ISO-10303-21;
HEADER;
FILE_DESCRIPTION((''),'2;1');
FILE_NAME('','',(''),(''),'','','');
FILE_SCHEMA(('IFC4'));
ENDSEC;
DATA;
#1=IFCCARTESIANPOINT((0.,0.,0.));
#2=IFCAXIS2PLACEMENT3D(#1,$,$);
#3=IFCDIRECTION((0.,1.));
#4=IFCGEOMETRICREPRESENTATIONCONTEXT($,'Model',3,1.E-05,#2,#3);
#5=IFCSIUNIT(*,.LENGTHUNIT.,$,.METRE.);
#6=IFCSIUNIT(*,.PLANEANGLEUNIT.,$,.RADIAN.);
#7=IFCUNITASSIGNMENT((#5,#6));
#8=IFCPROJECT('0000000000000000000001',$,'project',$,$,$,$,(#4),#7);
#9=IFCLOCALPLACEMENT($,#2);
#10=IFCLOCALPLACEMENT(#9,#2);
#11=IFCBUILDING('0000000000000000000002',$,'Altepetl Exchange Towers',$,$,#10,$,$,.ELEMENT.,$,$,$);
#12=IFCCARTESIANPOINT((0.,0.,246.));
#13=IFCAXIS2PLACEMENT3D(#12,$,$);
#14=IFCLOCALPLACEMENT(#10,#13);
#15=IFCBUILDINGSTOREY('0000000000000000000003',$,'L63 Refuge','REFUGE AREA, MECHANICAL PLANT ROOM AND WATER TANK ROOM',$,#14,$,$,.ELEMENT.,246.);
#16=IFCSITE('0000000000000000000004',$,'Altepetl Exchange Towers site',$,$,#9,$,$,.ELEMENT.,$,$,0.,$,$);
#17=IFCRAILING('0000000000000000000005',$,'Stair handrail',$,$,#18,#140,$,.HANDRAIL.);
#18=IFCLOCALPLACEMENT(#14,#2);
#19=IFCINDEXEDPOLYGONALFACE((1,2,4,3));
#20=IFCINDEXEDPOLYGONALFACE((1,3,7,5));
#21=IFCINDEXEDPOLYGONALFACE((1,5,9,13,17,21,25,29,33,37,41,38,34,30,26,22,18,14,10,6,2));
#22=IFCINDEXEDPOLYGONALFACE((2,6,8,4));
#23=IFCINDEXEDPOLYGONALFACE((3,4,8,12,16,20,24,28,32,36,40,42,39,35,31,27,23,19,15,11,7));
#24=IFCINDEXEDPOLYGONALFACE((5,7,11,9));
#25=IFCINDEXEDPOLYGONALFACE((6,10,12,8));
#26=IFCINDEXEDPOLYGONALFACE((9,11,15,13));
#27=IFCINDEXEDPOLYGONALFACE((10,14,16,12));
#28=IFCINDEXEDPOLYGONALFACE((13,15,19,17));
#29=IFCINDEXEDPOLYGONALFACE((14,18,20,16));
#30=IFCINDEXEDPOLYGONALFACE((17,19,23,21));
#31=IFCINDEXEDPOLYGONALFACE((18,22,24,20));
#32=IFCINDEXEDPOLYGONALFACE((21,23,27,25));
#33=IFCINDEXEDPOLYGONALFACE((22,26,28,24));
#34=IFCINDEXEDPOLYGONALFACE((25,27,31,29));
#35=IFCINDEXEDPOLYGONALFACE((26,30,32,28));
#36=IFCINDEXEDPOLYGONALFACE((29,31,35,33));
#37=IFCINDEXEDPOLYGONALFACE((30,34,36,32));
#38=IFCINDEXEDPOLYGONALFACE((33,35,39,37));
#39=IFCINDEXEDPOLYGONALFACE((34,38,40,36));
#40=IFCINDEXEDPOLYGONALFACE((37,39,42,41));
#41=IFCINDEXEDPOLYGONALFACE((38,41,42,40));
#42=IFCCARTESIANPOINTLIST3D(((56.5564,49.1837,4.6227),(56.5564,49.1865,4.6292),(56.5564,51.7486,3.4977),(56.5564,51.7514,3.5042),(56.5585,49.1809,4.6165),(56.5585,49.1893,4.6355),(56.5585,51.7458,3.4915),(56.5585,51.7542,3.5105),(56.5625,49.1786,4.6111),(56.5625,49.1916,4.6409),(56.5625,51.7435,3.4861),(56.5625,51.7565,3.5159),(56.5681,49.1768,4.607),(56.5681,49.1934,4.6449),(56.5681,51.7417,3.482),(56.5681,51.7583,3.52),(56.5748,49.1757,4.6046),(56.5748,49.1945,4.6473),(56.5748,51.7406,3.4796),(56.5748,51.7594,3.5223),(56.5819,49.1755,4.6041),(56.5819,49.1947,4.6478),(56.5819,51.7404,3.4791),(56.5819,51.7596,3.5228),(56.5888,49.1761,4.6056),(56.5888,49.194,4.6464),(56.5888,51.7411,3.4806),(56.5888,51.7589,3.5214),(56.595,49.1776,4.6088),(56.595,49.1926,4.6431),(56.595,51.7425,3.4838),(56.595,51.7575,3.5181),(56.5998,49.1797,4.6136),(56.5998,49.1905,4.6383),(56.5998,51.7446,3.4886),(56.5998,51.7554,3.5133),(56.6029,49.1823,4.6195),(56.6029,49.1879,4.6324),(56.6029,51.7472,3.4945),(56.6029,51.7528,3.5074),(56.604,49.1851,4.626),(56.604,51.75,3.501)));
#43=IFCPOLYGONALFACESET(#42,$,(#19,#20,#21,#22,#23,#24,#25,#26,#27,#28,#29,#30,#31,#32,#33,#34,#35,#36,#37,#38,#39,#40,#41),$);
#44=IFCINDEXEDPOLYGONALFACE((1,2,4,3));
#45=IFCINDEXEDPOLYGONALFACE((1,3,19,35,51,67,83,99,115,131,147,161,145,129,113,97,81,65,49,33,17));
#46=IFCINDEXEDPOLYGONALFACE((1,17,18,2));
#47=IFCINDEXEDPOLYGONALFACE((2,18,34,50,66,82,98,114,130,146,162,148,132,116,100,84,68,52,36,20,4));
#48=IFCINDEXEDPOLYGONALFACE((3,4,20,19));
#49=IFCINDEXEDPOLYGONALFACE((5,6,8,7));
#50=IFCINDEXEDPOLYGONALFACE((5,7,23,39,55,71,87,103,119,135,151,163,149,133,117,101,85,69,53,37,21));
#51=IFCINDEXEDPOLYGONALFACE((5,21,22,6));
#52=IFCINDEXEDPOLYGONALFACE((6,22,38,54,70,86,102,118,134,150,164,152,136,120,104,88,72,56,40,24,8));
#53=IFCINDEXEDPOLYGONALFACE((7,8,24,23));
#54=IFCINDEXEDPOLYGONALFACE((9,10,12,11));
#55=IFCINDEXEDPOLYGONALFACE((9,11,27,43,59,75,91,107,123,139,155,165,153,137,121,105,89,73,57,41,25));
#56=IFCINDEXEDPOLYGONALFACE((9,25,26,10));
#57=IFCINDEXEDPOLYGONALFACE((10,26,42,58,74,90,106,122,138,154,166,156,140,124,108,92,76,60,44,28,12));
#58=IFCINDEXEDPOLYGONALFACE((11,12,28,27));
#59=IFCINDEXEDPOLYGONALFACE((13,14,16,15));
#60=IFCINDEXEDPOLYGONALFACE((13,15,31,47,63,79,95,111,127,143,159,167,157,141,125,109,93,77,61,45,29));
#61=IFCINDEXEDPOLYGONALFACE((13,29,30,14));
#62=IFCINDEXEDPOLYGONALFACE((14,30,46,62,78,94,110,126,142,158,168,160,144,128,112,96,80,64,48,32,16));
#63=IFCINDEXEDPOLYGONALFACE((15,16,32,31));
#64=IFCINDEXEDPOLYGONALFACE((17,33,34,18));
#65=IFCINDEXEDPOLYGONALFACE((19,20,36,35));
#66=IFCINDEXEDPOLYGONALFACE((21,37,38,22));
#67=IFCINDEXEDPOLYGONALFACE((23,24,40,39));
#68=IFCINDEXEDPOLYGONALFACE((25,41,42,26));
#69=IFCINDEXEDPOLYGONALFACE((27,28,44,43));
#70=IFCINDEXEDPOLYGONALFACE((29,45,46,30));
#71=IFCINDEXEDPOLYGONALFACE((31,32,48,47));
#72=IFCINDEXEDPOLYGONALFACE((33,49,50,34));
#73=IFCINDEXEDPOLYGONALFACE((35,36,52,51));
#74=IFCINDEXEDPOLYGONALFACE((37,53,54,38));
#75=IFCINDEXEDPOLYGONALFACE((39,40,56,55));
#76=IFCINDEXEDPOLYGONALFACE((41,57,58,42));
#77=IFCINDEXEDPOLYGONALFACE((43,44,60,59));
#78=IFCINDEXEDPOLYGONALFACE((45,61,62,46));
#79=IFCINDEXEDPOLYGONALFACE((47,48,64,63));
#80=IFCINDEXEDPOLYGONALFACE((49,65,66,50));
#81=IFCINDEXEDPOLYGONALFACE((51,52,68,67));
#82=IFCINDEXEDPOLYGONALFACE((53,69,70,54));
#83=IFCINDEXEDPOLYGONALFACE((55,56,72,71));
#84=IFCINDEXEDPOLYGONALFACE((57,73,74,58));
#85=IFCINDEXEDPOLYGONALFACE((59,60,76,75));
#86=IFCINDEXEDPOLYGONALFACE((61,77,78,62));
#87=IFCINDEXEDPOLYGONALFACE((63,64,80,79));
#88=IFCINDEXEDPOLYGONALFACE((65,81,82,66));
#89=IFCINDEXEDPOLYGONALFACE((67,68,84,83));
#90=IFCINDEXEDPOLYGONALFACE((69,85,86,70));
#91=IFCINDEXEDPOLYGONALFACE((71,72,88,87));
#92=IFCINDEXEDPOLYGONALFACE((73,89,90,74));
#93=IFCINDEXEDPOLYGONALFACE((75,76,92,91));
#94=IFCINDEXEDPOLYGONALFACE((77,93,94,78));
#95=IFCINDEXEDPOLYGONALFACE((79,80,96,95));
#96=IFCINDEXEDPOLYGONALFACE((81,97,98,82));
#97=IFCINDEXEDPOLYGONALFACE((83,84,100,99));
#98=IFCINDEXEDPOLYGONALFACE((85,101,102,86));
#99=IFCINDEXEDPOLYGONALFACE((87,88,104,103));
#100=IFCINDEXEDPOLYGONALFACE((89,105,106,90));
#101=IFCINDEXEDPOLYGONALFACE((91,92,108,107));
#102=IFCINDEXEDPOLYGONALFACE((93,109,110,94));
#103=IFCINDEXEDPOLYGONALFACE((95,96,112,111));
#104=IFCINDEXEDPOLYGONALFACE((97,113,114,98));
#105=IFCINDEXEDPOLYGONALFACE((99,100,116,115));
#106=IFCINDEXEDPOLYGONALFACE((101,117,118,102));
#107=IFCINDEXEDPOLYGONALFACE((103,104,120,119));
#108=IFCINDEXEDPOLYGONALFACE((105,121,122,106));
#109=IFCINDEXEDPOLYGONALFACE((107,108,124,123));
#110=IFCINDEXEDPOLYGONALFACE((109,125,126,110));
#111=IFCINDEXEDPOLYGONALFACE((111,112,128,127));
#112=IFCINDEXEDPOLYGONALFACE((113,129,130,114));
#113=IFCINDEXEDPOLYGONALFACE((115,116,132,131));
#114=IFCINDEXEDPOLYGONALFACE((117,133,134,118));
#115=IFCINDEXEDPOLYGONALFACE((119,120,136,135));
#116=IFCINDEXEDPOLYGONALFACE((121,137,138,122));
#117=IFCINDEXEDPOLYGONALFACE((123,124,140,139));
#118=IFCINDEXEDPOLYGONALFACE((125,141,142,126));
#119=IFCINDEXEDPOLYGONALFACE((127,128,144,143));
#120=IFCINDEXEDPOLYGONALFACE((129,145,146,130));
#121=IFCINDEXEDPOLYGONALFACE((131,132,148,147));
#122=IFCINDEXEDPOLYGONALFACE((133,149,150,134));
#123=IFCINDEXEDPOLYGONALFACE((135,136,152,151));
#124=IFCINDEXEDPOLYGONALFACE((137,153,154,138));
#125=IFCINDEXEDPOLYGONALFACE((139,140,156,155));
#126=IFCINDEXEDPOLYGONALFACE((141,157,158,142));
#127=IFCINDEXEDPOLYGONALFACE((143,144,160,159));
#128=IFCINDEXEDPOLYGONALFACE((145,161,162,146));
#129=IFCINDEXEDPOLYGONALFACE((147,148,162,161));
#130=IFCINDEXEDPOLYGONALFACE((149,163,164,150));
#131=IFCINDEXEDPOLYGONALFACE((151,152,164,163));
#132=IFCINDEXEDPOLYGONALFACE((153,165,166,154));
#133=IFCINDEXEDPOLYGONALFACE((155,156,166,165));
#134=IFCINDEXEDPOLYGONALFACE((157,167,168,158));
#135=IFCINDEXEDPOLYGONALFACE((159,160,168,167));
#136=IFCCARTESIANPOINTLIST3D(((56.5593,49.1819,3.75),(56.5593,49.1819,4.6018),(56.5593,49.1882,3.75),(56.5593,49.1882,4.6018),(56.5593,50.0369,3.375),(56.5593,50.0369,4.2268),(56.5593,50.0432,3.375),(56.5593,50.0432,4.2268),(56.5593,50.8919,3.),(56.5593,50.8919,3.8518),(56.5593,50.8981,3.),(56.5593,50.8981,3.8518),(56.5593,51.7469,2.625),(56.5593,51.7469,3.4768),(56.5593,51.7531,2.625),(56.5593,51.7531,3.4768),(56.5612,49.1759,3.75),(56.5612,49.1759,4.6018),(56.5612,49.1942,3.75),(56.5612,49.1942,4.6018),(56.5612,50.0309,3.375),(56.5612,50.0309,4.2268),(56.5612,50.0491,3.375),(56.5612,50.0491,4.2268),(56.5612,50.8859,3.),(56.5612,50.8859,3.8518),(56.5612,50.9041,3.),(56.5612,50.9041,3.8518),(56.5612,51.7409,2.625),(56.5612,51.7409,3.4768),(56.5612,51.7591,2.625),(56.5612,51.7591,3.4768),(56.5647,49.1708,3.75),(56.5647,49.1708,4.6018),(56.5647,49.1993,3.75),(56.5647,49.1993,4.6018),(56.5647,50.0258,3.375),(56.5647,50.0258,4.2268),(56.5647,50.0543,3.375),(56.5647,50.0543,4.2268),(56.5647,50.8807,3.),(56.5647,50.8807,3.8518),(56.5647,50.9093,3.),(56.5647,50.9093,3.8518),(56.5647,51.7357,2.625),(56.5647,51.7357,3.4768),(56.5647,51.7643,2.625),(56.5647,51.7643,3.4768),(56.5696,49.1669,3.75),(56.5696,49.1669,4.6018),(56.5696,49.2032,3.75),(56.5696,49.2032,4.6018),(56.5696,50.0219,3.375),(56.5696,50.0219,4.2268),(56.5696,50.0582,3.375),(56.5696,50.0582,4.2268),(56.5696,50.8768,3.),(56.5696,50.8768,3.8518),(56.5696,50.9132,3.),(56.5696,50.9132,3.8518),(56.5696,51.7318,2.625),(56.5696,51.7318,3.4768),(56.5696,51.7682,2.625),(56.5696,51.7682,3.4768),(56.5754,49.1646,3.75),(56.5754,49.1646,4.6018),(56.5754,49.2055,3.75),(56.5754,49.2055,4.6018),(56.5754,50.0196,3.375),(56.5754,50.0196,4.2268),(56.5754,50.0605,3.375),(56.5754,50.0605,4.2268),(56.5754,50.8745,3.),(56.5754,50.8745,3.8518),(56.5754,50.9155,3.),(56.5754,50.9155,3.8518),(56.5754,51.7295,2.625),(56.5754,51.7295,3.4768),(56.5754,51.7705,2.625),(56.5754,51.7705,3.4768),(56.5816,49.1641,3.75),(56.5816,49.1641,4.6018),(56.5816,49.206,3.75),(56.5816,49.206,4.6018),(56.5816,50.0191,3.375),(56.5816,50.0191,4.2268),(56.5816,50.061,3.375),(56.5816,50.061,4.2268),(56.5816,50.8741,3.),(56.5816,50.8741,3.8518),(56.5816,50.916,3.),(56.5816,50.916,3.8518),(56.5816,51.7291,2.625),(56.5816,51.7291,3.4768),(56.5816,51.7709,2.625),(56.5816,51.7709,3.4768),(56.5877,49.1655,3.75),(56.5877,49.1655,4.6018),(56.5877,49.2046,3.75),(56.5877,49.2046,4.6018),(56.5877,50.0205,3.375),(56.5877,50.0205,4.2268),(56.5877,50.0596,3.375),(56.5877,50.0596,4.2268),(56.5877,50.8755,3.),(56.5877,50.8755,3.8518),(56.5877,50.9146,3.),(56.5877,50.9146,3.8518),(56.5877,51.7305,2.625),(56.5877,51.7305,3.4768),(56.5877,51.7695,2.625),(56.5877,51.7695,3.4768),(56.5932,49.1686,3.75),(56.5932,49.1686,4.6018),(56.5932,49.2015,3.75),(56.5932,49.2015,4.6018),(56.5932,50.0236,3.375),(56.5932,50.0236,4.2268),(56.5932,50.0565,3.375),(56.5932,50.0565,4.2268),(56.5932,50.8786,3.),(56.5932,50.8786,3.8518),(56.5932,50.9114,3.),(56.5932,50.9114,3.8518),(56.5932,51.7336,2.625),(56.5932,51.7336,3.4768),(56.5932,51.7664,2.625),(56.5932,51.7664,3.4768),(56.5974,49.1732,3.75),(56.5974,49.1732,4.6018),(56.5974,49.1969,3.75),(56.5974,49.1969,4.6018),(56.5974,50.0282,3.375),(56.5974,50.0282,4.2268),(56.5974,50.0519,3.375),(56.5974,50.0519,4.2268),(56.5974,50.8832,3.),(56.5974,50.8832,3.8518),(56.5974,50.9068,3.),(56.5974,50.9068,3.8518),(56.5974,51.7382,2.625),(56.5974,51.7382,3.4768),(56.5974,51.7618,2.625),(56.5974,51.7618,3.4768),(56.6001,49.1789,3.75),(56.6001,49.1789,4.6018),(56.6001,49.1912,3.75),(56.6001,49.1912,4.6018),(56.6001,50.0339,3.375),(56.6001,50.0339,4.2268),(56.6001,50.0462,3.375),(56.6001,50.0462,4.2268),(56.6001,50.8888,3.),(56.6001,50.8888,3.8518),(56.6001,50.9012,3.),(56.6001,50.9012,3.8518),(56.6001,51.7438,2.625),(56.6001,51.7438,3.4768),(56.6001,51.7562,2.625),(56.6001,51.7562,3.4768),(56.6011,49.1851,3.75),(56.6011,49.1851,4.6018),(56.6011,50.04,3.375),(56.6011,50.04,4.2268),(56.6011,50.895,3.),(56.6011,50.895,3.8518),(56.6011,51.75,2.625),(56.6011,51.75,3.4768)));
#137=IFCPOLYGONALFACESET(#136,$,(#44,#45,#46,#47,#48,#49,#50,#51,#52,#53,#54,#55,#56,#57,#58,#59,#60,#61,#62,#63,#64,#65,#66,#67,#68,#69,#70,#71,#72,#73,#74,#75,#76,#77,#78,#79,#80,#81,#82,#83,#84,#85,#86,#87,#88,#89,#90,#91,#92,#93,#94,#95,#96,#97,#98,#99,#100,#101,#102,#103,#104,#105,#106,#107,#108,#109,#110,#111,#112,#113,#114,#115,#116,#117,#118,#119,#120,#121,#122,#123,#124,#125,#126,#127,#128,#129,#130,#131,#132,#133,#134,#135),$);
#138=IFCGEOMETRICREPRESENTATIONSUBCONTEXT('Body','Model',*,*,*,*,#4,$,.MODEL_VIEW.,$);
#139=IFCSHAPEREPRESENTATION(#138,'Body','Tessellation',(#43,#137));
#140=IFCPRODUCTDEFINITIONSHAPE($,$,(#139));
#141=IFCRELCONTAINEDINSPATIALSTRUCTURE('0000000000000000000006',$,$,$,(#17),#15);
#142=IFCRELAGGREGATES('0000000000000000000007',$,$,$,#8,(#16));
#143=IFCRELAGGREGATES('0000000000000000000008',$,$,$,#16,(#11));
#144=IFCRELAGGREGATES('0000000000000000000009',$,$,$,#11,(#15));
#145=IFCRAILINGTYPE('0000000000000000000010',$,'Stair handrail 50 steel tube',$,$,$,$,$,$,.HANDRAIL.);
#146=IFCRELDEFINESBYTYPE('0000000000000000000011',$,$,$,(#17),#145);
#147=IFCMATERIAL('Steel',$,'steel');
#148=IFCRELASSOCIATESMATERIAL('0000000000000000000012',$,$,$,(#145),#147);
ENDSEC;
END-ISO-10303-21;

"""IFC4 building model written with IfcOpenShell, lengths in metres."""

from ifc_helpers import new_model, si_unit, direction, frame, origin, origin_2d, place, context, subcontext, project, spatial, circle, extrude, source, transform, mapped, material, type_object, element, save


model = new_model("IFC4")

# Units and contexts
model_context = context("Model", 3, precision=1e-05, world=origin(), true_north=direction((0.0, 1.0)))
body_context = subcontext(model_context, "Body", "Model", "MODEL_VIEW")
ifc_project = project(units=[si_unit("LENGTHUNIT", "METRE"), si_unit("PLANEANGLEUNIT", "RADIAN")], contexts=[model_context])

# Site, building, storey
site_placement = place(None, origin())
site = spatial("IfcSite", under=ifc_project, at=site_placement, Name="Altepetl Exchange Towers site", CompositionType="ELEMENT", RefElevation=0.0)
building_placement = place(site_placement, origin())
building = spatial("IfcBuilding", under=site, at=building_placement, Name="Altepetl Exchange Towers", CompositionType="ELEMENT")
storey_placement = place(building_placement, frame((0.0, 0.0, 246.0)))
storey = spatial("IfcBuildingStorey", under=building, at=storey_placement, Name="L63 Refuge", Description="REFUGE AREA, MECHANICAL PLANT ROOM AND WATER TANK ROOM", CompositionType="ELEMENT", Elevation=246.0)

# Railing
ifc_material_1 = material(Name="Steel", Category="steel")
railing_type = type_object("IfcRailingType", Name="Stair handrail 50 steel tube", PredefinedType="HANDRAIL", material=ifc_material_1)
shared_shape = source(origin(), body_context, "Body", "SweptSolid", [
    extrude(circle(Radius=0.021, at=origin_2d()), origin(), (0.0, 0.0, 1.0), 0.8518),
])
for number, where, name in (
    (1, (56.5801, 51.75, 2.625), "Stair handrail"),
):
    element("IfcRailing", number, at=place(storey_placement, frame(where)), inside=storey, type_object=railing_type, Name=name, PredefinedType="HANDRAIL", context=body_context, shape_type="SweptSolid", body=[
        extrude(circle(Radius=0.0239, at=origin_2d()), frame((0.0, 0.0, 0.876), z_axis=(0.0, -0.915785, 0.401669), x_axis=(1.0, 0.0, 0.0)), (0.0, 0.0, 1.0), 2.8008),
        mapped(shared_shape, transform((0.0, 0.0, 0.0))),
        mapped(shared_shape, transform((0.0, -0.855, 0.375))),
        mapped(shared_shape, transform((0.0, -1.71, 0.75))),
        mapped(shared_shape, transform((0.0, -2.5649, 1.125))),
    ])

save(model, "model.ifc")
